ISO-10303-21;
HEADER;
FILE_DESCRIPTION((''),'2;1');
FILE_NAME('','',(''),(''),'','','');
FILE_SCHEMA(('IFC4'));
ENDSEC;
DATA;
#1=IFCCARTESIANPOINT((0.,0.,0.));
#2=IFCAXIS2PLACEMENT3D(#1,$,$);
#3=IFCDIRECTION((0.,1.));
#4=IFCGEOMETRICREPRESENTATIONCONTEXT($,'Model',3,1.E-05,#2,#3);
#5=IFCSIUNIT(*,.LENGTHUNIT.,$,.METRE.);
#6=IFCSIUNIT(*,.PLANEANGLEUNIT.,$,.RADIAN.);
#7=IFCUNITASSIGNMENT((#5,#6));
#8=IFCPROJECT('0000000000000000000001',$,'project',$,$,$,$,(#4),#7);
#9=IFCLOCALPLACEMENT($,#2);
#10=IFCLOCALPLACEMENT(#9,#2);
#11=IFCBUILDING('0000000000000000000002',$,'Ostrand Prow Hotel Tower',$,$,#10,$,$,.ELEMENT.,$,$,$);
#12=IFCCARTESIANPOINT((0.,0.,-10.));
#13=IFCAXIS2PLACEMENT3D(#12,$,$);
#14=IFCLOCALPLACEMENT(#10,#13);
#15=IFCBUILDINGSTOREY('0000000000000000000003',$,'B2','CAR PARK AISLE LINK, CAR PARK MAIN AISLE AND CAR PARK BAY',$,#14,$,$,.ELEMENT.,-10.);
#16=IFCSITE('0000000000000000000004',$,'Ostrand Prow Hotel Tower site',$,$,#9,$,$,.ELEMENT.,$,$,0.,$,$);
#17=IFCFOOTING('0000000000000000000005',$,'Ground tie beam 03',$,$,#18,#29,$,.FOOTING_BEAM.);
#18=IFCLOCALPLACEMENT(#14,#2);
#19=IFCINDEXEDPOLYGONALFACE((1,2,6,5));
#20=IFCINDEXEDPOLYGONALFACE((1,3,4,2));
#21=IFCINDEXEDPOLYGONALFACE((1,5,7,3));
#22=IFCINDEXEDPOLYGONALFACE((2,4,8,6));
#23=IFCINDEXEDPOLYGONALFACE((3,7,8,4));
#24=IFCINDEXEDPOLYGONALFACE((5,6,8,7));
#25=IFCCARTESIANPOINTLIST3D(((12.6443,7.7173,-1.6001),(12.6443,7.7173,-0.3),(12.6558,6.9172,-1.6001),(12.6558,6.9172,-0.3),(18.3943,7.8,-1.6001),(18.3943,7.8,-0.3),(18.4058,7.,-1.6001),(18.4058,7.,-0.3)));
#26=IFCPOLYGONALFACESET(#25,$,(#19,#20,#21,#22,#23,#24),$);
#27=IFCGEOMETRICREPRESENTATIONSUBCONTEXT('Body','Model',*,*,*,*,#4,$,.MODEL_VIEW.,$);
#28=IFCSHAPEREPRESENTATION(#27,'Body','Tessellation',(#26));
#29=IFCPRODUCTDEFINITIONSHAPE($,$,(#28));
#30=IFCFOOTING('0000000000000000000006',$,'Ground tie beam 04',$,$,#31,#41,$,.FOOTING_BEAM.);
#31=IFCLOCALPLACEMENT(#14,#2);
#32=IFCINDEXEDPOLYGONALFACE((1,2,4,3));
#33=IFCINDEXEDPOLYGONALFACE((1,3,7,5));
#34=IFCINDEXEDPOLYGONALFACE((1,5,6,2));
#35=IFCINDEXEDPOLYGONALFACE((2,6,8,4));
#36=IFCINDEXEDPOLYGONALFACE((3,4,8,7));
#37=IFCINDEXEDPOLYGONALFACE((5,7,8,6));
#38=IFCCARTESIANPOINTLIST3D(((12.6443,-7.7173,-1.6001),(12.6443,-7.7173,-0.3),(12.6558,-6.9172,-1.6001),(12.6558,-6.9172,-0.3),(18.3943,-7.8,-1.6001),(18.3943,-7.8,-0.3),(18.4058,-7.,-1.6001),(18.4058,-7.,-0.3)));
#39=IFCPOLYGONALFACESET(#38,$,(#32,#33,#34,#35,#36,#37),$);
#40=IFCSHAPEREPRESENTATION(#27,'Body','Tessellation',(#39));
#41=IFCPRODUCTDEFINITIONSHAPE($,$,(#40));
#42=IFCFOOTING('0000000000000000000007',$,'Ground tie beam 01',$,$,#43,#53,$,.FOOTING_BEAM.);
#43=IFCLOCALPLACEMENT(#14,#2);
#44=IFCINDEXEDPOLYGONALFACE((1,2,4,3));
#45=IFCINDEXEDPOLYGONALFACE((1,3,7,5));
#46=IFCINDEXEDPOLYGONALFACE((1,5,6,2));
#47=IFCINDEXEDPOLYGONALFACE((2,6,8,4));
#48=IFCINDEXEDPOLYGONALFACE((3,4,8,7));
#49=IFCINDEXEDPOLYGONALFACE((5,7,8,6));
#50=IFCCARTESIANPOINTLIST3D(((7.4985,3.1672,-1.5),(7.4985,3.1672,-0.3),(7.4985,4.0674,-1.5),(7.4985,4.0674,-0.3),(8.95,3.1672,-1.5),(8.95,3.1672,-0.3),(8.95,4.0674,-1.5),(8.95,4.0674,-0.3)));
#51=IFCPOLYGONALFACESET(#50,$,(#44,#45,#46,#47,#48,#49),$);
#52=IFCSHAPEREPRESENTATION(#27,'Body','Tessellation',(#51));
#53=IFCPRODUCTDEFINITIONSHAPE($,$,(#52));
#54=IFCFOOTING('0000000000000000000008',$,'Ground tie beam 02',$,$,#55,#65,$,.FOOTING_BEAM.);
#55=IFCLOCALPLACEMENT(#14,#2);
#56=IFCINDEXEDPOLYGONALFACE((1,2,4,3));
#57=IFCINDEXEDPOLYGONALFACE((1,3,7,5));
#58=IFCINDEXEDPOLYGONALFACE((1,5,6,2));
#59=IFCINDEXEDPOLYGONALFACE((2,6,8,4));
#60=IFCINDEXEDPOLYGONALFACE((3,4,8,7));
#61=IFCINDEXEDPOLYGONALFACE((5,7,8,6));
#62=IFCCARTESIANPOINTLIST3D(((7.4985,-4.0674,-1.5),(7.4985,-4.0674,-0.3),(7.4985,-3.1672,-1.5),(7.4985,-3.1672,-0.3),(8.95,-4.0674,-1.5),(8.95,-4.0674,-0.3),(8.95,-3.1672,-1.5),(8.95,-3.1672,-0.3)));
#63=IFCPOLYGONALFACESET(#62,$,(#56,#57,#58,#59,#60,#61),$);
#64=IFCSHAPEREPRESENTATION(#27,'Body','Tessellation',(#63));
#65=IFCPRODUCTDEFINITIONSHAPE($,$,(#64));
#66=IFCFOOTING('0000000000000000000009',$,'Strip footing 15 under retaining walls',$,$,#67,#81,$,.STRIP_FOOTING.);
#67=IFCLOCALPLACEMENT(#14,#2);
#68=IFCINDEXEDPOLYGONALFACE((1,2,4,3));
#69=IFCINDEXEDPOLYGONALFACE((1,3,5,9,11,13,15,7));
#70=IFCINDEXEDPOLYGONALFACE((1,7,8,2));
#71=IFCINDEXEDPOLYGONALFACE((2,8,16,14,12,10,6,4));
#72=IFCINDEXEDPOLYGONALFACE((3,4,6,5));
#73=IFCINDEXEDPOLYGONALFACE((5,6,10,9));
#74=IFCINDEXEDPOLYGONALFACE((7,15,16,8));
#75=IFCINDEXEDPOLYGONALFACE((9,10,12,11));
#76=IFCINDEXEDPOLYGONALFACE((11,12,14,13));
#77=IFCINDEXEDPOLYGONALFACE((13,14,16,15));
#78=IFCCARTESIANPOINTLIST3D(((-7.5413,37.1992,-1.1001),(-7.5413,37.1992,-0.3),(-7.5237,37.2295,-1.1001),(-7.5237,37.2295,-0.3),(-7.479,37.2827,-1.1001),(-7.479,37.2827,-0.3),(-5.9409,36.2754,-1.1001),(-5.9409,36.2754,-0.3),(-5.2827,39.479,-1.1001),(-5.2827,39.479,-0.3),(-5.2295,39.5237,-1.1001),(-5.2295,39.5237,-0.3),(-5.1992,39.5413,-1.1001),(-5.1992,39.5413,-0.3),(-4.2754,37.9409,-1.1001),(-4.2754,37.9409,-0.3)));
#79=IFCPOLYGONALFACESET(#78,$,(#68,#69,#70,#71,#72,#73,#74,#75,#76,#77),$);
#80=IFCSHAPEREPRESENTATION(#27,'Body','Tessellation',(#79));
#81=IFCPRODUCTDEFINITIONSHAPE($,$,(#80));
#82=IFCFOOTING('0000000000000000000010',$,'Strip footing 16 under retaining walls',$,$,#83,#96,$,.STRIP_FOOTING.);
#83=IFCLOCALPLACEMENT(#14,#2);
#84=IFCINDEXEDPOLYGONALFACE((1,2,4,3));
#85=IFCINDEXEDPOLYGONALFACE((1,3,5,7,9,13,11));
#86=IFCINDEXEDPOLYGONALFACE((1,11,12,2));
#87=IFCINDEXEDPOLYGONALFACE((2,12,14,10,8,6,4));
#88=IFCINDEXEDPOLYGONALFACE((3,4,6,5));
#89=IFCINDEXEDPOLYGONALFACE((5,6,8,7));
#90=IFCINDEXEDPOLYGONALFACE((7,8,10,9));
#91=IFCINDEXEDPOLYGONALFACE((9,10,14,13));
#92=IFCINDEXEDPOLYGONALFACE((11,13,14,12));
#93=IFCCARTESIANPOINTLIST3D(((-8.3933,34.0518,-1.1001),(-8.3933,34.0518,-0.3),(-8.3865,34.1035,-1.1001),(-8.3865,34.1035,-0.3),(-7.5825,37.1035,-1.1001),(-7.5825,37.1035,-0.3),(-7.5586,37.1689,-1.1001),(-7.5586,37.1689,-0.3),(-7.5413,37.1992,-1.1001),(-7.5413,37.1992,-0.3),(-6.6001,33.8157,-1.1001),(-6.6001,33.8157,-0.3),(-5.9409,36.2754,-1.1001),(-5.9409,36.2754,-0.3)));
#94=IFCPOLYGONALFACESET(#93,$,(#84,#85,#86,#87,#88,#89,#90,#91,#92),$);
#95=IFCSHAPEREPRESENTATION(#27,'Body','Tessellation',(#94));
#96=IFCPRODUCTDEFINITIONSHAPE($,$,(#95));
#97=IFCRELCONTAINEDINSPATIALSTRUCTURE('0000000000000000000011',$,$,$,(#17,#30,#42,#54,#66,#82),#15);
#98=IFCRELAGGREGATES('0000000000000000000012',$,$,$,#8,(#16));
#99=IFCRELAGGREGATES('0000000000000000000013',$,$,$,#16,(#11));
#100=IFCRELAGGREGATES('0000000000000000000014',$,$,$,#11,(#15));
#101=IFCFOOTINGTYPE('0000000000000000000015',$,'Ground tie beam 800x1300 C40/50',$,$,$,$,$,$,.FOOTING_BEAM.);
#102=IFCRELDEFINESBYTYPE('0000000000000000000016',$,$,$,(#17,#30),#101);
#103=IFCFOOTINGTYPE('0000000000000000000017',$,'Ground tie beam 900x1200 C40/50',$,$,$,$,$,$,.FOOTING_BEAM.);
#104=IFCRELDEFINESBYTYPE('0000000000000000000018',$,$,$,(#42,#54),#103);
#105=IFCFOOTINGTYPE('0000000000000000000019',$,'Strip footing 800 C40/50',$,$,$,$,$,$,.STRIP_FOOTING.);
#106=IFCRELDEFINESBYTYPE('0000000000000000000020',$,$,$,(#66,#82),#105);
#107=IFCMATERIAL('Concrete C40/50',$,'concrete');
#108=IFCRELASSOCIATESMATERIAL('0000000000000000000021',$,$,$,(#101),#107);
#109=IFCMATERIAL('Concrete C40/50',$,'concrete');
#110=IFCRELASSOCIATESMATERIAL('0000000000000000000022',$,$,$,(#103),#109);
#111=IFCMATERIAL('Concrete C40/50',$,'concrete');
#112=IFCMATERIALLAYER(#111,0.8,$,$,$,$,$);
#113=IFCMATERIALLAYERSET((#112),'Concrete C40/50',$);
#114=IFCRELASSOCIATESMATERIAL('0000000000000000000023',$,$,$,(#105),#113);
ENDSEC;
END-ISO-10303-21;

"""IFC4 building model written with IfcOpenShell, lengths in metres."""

from ifc_helpers import new_model, si_unit, direction, frame, origin, place, context, subcontext, project, spatial, polyline, outline, extrude, material, layer, layer_set, type_object, element, save


model = new_model("IFC4")

# Units and contexts
model_context = context("Model", 3, precision=1e-05, world=origin(), true_north=direction((0.0, 1.0)))
body_context = subcontext(model_context, "Body", "Model", "MODEL_VIEW")
ifc_project = project(units=[si_unit("LENGTHUNIT", "METRE"), si_unit("PLANEANGLEUNIT", "RADIAN")], contexts=[model_context])

# Site, building, storey
site_placement = place(None, origin())
site = spatial("IfcSite", under=ifc_project, at=site_placement, Name="Ostrand Prow Hotel Tower site", CompositionType="ELEMENT", RefElevation=0.0)
building_placement = place(site_placement, origin())
building = spatial("IfcBuilding", under=site, at=building_placement, Name="Ostrand Prow Hotel Tower", CompositionType="ELEMENT")
storey_placement = place(building_placement, frame((0.0, 0.0, -10.0)))
storey = spatial("IfcBuildingStorey", under=building, at=storey_placement, Name="B2", Description="CAR PARK AISLE LINK, CAR PARK MAIN AISLE AND CAR PARK BAY", CompositionType="ELEMENT", Elevation=-10.0)

# Footings
ifc_material_1 = material(Name="Concrete C40/50", Category="concrete")
footing_type_1 = type_object("IfcFootingType", Name="Ground tie beam 800x1300 C40/50", PredefinedType="FOOTING_BEAM", material=ifc_material_1)
footing_1_placement = place(storey_placement, frame((0.0, 0.0, -1.6001)))
element("IfcFooting", 1, at=footing_1_placement, inside=storey, type_object=footing_type_1, Name="Ground tie beam 03", PredefinedType="FOOTING_BEAM", context=body_context, shape_type="SweptSolid", body=[
    extrude(outline(polyline([(18.3943, 7.8), (18.4058, 7.0), (12.6558, 6.9172), (12.6443, 7.7173), (18.3943, 7.8)])), origin(), (0.0, 0.0, 1.0), 1.3),
])
footing_2_placement = place(storey_placement, frame((0.0, 0.0, -1.6001)))
element("IfcFooting", 2, at=footing_2_placement, inside=storey, type_object=footing_type_1, Name="Ground tie beam 04", PredefinedType="FOOTING_BEAM", context=body_context, shape_type="SweptSolid", body=[
    extrude(outline(polyline([(18.4058, -7.0), (18.3943, -7.8), (12.6443, -7.7173), (12.6558, -6.9172), (18.4058, -7.0)])), origin(), (0.0, 0.0, 1.0), 1.3),
])
ifc_material_2 = material(Name="Concrete C40/50", Category="concrete")
footing_type_2 = type_object("IfcFootingType", Name="Ground tie beam 900x1200 C40/50", PredefinedType="FOOTING_BEAM", material=ifc_material_2)
footing_3_placement = place(storey_placement, frame((0.0, 0.0, -1.5)))
element("IfcFooting", 3, at=footing_3_placement, inside=storey, type_object=footing_type_2, Name="Ground tie beam 01", PredefinedType="FOOTING_BEAM", context=body_context, shape_type="SweptSolid", body=[
    extrude(outline(polyline([(8.95, 4.0674), (8.95, 3.1672), (7.4985, 3.1672), (7.4985, 4.0674), (8.95, 4.0674)])), origin(), (0.0, 0.0, 1.0), 1.2),
])
footing_4_placement = place(storey_placement, frame((0.0, 0.0, -1.5)))
element("IfcFooting", 4, at=footing_4_placement, inside=storey, type_object=footing_type_2, Name="Ground tie beam 02", PredefinedType="FOOTING_BEAM", context=body_context, shape_type="SweptSolid", body=[
    extrude(outline(polyline([(8.95, -3.1672), (8.95, -4.0674), (7.4985, -4.0674), (7.4985, -3.1672), (8.95, -3.1672)])), origin(), (0.0, 0.0, 1.0), 1.2),
])
ifc_material_3 = material(Name="Concrete C40/50", Category="concrete")
ifc_layer = layer(ifc_material_3, 0.8)
ifc_layer_set = layer_set([ifc_layer], Name="Concrete C40/50")
footing_type_3 = type_object("IfcFootingType", Name="Strip footing 800 C40/50", PredefinedType="STRIP_FOOTING", material=ifc_layer_set)
footing_5_placement = place(storey_placement, frame((0.0, 0.0, -1.1001)))
element("IfcFooting", 5, at=footing_5_placement, inside=storey, type_object=footing_type_3, Name="Strip footing 15 under retaining walls", PredefinedType="STRIP_FOOTING", context=body_context, shape_type="SweptSolid", body=[
    extrude(outline(polyline([(-7.5413, 37.1992), (-7.5237, 37.2295), (-7.479, 37.2827), (-5.2827, 39.479), (-5.2295, 39.5237), (-5.1992, 39.5413), (-4.2754, 37.9409), (-4.2754, 37.9409), (-5.9409, 36.2754), (-7.5413, 37.1992)])), origin(), (0.0, 0.0, 1.0), 0.8),
])
footing_6_placement = place(storey_placement, frame((0.0, 0.0, -1.1001)))
element("IfcFooting", 6, at=footing_6_placement, inside=storey, type_object=footing_type_3, Name="Strip footing 16 under retaining walls", PredefinedType="STRIP_FOOTING", context=body_context, shape_type="SweptSolid", body=[
    extrude(outline(polyline([(-8.3933, 34.0518), (-8.3865, 34.1035), (-7.5825, 37.1035), (-7.5586, 37.1689), (-7.5413, 37.1992), (-5.9409, 36.2754), (-5.9409, 36.2754), (-6.6001, 33.8157), (-8.3933, 34.0518)])), origin(), (0.0, 0.0, 1.0), 0.8),
])

save(model, "model.ifc")
